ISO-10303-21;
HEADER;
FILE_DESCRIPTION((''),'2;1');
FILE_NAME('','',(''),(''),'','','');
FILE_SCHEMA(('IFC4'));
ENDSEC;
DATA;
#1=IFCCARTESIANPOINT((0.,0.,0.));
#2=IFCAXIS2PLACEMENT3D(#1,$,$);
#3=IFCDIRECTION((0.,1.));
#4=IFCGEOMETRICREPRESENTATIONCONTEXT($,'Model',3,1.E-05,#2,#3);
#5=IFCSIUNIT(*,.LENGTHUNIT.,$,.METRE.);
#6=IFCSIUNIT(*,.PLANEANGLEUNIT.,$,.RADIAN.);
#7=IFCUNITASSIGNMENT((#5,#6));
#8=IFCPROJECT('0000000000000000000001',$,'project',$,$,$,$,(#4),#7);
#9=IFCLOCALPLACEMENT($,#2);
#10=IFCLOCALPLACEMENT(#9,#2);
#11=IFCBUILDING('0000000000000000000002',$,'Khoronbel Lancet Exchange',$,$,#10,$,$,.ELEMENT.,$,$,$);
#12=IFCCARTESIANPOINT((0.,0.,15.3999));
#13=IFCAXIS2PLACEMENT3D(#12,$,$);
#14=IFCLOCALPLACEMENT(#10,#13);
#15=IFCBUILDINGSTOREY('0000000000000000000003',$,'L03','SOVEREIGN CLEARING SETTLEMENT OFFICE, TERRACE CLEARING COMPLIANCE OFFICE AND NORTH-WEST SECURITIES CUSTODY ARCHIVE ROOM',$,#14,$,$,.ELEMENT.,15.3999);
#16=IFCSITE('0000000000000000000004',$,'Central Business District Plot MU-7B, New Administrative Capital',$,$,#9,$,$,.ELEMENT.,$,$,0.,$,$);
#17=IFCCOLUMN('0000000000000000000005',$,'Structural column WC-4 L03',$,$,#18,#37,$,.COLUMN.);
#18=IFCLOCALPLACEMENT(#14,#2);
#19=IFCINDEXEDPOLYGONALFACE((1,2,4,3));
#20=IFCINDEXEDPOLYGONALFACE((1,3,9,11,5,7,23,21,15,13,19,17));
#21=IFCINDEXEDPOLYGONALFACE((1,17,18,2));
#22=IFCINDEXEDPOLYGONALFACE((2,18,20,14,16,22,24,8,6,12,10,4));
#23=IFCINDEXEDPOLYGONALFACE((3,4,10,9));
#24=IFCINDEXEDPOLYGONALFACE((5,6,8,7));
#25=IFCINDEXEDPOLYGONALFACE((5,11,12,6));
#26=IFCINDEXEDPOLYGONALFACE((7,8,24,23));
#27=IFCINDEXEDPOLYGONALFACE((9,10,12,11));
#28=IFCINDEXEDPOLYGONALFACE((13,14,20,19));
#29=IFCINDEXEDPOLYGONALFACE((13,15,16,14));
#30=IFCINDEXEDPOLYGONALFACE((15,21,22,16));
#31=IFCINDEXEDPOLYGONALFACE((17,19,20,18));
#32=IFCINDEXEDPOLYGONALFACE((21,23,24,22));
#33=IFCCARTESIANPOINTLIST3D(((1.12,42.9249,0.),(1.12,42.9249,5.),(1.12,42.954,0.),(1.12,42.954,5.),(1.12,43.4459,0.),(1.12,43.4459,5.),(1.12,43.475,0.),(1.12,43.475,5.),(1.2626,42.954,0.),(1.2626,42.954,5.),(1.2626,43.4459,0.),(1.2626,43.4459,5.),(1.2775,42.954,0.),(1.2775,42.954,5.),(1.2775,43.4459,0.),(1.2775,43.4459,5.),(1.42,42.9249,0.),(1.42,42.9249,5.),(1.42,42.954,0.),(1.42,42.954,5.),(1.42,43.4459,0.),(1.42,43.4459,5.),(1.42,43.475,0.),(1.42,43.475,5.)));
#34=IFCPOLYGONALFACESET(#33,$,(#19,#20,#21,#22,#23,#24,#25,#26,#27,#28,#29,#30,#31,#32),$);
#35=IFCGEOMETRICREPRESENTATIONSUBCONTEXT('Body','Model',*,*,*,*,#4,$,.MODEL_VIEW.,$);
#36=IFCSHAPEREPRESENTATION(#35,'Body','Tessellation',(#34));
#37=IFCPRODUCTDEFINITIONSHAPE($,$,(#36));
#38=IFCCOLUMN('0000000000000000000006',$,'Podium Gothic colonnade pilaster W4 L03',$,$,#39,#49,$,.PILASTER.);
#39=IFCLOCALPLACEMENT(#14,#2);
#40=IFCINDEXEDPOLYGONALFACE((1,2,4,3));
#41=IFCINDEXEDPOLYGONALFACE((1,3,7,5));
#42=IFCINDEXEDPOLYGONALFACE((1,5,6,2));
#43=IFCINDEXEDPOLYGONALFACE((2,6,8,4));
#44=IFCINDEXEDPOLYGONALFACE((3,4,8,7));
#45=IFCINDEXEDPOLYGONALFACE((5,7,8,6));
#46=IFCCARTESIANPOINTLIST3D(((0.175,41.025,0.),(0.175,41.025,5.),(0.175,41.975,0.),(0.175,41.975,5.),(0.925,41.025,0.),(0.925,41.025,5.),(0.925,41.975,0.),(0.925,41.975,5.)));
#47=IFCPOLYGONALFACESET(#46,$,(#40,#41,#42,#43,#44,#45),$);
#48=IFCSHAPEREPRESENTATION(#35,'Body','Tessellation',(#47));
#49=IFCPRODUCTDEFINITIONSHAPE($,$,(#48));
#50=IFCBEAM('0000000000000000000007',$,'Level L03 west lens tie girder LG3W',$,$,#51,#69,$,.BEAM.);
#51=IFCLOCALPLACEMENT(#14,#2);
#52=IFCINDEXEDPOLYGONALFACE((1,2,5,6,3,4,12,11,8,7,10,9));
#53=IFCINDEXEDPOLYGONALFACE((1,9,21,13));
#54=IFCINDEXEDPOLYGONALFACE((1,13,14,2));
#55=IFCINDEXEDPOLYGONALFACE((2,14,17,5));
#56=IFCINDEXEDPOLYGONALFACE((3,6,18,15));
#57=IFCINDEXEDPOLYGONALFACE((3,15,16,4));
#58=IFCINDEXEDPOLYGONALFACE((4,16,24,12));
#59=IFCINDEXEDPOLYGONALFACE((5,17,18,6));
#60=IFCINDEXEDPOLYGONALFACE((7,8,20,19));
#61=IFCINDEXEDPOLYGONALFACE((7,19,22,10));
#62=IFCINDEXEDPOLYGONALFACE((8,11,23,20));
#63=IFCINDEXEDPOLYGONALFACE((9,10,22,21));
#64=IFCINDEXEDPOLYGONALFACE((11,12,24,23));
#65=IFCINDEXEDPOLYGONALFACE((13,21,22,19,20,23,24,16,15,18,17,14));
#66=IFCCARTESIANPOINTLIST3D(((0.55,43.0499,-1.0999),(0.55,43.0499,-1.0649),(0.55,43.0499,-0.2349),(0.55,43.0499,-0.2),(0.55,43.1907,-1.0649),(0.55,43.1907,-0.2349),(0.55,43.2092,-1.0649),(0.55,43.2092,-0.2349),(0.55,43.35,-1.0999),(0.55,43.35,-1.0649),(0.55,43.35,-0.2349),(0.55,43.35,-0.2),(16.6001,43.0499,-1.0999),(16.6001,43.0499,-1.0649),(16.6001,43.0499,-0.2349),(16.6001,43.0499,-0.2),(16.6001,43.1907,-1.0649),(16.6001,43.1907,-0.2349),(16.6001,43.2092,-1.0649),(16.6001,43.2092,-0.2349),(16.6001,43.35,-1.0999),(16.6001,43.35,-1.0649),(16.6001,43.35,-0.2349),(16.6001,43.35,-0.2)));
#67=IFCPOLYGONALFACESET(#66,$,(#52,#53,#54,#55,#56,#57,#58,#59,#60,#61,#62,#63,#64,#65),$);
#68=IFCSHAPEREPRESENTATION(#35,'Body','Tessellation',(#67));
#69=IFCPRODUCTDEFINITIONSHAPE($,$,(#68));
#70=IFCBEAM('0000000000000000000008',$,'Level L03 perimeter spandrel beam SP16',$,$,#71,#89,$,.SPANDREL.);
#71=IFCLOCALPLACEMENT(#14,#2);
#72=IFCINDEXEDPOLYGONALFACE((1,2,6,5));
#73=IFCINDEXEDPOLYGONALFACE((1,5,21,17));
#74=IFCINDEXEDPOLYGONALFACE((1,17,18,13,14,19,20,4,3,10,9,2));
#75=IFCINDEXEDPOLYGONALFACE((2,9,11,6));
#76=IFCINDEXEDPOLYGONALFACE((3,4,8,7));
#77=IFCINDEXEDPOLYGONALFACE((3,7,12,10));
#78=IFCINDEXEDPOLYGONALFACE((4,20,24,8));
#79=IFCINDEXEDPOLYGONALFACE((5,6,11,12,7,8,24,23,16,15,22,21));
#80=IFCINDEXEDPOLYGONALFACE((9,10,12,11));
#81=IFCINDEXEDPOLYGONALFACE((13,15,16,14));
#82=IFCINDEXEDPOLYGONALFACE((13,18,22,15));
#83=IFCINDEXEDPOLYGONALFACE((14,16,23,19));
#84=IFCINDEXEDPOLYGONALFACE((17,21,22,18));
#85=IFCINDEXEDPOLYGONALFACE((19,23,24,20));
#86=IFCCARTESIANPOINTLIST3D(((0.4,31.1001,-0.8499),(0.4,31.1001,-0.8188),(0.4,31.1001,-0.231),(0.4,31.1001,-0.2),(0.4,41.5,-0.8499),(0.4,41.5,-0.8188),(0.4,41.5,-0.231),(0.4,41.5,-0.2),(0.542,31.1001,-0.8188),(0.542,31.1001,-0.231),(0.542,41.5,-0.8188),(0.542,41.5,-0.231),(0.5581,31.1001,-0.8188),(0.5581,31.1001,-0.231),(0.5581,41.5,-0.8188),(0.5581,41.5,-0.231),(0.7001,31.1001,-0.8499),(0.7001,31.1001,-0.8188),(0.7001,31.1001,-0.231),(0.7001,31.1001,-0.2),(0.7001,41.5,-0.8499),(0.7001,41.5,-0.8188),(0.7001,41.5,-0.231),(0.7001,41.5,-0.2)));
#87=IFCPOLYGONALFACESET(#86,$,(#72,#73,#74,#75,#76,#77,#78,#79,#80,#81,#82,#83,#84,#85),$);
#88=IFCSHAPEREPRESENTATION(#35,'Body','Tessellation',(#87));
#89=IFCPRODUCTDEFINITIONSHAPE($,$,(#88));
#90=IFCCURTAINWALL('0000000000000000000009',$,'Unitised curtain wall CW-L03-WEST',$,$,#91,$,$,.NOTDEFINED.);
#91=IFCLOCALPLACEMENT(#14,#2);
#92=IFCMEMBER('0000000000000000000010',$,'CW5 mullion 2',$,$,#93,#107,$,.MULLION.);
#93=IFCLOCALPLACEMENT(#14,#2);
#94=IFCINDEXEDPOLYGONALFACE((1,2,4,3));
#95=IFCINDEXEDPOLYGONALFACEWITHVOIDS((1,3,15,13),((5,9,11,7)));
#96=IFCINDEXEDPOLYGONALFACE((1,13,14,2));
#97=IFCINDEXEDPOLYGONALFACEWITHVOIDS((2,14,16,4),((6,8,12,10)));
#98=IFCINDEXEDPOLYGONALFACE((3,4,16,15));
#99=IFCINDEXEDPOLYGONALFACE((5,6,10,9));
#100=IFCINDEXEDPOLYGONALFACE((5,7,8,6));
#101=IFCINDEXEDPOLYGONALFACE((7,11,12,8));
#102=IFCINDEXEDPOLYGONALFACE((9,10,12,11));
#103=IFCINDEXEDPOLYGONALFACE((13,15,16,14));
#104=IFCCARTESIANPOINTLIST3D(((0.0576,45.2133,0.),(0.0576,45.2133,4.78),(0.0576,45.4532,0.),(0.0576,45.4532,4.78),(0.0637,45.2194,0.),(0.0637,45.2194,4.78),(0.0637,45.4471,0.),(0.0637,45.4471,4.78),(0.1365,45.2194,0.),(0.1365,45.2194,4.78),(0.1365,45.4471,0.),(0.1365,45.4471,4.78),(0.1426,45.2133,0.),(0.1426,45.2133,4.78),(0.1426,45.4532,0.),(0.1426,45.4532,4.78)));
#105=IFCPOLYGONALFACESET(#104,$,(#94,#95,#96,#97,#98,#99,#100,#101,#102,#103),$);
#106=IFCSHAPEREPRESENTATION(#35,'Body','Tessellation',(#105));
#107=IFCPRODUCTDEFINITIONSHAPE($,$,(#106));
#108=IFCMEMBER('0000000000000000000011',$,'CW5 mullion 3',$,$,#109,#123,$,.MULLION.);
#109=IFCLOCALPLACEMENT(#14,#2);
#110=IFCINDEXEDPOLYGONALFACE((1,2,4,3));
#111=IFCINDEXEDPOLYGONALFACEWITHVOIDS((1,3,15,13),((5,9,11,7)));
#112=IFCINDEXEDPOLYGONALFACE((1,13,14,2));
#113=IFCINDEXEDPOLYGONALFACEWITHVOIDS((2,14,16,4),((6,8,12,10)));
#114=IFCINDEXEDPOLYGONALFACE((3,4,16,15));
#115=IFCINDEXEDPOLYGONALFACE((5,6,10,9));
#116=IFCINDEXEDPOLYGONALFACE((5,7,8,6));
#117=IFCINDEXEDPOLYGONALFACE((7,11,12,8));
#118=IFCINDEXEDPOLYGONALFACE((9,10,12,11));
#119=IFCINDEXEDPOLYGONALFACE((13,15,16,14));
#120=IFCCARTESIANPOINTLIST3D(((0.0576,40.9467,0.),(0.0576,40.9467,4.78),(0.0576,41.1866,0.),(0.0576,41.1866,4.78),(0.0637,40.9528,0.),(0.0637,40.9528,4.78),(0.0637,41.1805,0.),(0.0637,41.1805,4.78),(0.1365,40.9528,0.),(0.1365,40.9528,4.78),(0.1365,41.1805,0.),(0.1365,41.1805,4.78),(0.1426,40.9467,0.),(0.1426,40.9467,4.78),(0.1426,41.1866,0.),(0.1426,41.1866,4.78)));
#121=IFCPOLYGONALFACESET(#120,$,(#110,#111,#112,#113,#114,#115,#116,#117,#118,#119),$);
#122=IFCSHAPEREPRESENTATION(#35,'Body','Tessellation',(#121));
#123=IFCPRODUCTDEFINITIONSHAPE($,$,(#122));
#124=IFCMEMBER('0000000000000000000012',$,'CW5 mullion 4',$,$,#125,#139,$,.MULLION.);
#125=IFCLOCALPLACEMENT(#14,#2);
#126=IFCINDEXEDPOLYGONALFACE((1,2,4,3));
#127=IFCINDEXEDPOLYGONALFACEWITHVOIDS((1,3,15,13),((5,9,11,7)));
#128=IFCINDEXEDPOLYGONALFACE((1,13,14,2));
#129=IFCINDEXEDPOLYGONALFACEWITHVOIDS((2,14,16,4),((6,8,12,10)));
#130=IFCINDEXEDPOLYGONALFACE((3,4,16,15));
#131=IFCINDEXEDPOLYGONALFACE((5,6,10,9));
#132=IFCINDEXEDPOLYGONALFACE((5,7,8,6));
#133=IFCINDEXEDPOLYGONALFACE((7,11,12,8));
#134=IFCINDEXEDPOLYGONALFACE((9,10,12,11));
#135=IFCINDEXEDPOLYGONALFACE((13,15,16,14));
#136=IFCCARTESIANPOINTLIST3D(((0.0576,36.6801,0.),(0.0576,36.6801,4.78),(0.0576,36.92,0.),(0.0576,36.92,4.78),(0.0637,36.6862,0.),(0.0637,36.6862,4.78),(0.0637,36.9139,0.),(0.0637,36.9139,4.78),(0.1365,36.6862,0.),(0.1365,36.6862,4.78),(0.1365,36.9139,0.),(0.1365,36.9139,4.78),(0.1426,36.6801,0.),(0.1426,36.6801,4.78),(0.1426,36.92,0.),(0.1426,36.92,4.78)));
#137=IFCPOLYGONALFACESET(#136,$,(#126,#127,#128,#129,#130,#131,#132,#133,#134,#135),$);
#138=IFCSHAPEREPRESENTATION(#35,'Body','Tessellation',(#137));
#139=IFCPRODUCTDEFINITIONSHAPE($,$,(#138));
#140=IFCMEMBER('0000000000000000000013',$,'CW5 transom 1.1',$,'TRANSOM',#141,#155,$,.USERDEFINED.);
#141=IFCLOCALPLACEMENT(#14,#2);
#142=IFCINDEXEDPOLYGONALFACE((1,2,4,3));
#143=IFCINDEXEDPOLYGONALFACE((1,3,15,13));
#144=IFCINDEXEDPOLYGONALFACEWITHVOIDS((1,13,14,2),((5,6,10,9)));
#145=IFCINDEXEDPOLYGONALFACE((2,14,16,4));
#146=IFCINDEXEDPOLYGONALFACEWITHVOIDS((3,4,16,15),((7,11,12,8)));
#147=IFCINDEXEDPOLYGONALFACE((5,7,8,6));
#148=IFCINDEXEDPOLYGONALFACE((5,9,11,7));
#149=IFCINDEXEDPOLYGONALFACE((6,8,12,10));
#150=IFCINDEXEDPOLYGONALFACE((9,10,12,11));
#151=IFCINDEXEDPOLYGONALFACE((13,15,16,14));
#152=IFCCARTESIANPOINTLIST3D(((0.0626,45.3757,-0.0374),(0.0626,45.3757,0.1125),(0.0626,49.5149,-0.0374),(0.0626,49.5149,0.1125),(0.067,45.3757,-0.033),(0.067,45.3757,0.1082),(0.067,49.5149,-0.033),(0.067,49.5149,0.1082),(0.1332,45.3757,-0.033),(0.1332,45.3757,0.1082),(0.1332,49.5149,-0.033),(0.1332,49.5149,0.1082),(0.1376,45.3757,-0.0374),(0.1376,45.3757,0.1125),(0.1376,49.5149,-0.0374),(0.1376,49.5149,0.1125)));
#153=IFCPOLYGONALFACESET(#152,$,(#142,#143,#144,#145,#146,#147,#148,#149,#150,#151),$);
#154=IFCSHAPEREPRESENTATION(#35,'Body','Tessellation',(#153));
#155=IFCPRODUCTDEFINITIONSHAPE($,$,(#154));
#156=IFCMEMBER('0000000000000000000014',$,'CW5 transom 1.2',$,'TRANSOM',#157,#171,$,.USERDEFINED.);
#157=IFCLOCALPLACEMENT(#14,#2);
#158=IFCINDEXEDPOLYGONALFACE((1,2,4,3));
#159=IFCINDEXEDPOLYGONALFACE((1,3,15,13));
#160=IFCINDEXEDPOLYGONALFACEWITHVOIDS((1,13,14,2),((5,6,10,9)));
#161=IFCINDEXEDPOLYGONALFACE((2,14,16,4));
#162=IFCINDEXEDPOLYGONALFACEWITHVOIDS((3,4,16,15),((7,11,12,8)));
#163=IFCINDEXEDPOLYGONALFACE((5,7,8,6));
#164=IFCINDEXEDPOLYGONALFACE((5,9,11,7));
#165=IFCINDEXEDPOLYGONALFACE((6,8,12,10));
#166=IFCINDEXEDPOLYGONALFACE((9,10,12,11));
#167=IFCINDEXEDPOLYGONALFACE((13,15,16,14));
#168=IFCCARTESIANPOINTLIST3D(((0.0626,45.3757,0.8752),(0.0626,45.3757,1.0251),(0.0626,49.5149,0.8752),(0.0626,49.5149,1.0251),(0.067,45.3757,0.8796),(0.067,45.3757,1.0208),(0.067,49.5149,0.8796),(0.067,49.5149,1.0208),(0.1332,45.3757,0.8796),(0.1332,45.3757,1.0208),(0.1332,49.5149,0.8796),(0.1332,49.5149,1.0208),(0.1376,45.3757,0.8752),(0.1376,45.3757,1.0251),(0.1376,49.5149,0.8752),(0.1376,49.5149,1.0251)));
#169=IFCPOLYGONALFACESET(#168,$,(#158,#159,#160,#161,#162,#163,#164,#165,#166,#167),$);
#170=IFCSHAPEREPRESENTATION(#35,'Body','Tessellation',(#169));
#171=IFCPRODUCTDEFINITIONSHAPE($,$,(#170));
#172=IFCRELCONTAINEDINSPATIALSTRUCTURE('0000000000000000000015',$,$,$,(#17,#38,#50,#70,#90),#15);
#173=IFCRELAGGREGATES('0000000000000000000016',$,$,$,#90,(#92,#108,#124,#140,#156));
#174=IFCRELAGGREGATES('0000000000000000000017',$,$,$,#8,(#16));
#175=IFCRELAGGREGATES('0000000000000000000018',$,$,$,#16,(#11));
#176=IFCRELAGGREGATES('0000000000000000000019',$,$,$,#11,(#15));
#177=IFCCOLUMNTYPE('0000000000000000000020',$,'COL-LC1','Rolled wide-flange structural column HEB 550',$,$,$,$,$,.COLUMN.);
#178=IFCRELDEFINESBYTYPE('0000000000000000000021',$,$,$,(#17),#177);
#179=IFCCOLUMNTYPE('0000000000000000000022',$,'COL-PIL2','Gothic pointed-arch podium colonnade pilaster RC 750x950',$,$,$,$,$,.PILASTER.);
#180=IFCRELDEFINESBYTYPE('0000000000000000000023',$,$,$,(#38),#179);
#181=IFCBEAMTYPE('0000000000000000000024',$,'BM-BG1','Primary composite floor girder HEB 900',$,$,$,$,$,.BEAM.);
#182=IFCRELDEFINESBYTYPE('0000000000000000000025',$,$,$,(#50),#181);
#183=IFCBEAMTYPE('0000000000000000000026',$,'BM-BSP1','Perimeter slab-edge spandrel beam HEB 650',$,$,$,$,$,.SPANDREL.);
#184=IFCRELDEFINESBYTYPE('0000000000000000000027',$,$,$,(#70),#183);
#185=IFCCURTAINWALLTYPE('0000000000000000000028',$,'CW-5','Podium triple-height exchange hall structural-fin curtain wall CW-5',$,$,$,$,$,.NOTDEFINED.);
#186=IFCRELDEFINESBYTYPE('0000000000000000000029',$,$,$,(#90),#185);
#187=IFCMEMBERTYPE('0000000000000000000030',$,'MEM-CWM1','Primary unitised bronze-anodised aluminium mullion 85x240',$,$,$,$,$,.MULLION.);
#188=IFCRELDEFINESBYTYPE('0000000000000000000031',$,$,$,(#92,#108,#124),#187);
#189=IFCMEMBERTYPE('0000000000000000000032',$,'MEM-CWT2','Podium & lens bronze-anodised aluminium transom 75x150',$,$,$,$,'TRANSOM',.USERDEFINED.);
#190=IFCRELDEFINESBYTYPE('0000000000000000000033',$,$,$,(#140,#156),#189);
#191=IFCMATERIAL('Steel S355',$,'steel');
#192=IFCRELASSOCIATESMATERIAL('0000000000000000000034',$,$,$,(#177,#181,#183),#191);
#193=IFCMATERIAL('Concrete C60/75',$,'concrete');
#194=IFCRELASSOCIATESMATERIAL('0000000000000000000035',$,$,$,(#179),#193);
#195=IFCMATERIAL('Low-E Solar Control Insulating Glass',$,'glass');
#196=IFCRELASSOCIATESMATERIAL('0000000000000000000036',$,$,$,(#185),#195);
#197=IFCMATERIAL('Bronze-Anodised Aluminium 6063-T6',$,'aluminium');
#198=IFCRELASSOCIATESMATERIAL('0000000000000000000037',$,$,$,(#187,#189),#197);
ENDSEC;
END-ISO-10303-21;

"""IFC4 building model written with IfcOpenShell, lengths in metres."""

from ifc_helpers import new_model, si_unit, direction, frame, origin, origin_2d, place, context, subcontext, project, spatial, rectangle, hollow_rectangle, i_section, extrude, material, material_profile, profile_set, type_object, element, aggregate, save


model = new_model("IFC4")

# Units and contexts
model_context = context("Model", 3, precision=1e-05, world=origin(), true_north=direction((0.0, 1.0)))
body_context = subcontext(model_context, "Body", "Model", "MODEL_VIEW")
ifc_project = project(units=[si_unit("LENGTHUNIT", "METRE"), si_unit("PLANEANGLEUNIT", "RADIAN")], contexts=[model_context])

# Site, building, storey
site_placement = place(None, origin())
site = spatial("IfcSite", under=ifc_project, at=site_placement, Name="Central Business District Plot MU-7B, New Administrative Capital", CompositionType="ELEMENT", RefElevation=0.0)
building_placement = place(site_placement, origin())
building = spatial("IfcBuilding", under=site, at=building_placement, Name="Khoronbel Lancet Exchange", CompositionType="ELEMENT")
storey_placement = place(building_placement, frame((0.0, 0.0, 15.3999)))
storey = spatial("IfcBuildingStorey", under=building, at=storey_placement, Name="L03", Description="SOVEREIGN CLEARING SETTLEMENT OFFICE, TERRACE CLEARING COMPLIANCE OFFICE AND NORTH-WEST SECURITIES CUSTODY ARCHIVE ROOM", CompositionType="ELEMENT", Elevation=15.3999)

# Columns
ifc_material_1 = material(Name="Steel S355", Category="steel")
ifc_material_profile_1 = material_profile(ifc_material_1, i_section(OverallWidth=0.3, OverallDepth=0.55, WebThickness=0.0149, FlangeThickness=0.0291, at=origin_2d()), Name="HEB 550")
ifc_profile_set_1 = profile_set([ifc_material_profile_1], Name="Steel S355")
column_type_1 = type_object("IfcColumnType", Name="COL-LC1", Description="Rolled wide-flange structural column HEB 550", PredefinedType="COLUMN", material=ifc_profile_set_1)
column_1_placement = place(storey_placement, frame((1.27, 43.2, 0.0), z_axis=(0.0, 0.0, 1.0), x_axis=(1.0, 0.0, 0.0)))
element("IfcColumn", 1, at=column_1_placement, inside=storey, type_object=column_type_1, Name="Structural column WC-4 L03", PredefinedType="COLUMN", context=body_context, shape_type="SweptSolid", body=[
    extrude(i_section(OverallWidth=0.3, OverallDepth=0.55, WebThickness=0.0149, FlangeThickness=0.0291, at=origin_2d()), origin(), (0.0, 0.0, 1.0), 5.0),
])
ifc_material_2 = material(Name="Concrete C60/75", Category="concrete")
ifc_material_profile_2 = material_profile(ifc_material_2, rectangle(XDim=0.75, YDim=0.95, at=origin_2d()), Name="RC 750x950")
ifc_profile_set_2 = profile_set([ifc_material_profile_2], Name="Concrete C60/75")
column_type_2 = type_object("IfcColumnType", Name="COL-PIL2", Description="Gothic pointed-arch podium colonnade pilaster RC 750x950", PredefinedType="PILASTER", material=ifc_profile_set_2)
column_2_placement = place(storey_placement, frame((0.55, 41.5, 0.0), z_axis=(0.0, 0.0, 1.0), x_axis=(1.0, 0.0, 0.0)))
element("IfcColumn", 2, at=column_2_placement, inside=storey, type_object=column_type_2, Name="Podium Gothic colonnade pilaster W4 L03", PredefinedType="PILASTER", context=body_context, shape_type="SweptSolid", body=[
    extrude(rectangle(XDim=0.75, YDim=0.95, at=origin_2d()), origin(), (0.0, 0.0, 1.0), 5.0),
])

# Beams
ifc_material_profile_3 = material_profile(ifc_material_1, i_section(OverallWidth=0.3, OverallDepth=0.8999, WebThickness=0.0186, FlangeThickness=0.0349, at=origin_2d()), Name="HEB 900")
ifc_profile_set_3 = profile_set([ifc_material_profile_3], Name="Steel S355")
beam_type_1 = type_object("IfcBeamType", Name="BM-BG1", Description="Primary composite floor girder HEB 900", PredefinedType="BEAM", material=ifc_profile_set_3)
beam_1_placement = place(storey_placement, frame((0.55, 43.2, -0.6499), z_axis=(1.0, 0.0, 0.0), x_axis=(0.0, 1.0, 0.0)))
element("IfcBeam", 3, at=beam_1_placement, inside=storey, type_object=beam_type_1, Name="Level L03 west lens tie girder LG3W", PredefinedType="BEAM", context=body_context, shape_type="SweptSolid", body=[
    extrude(i_section(OverallWidth=0.3, OverallDepth=0.8999, WebThickness=0.0186, FlangeThickness=0.0349, at=origin_2d()), origin(), (0.0, 0.0, 1.0), 16.05),
])
ifc_material_profile_4 = material_profile(ifc_material_1, i_section(OverallWidth=0.3, OverallDepth=0.6499, WebThickness=0.0161, FlangeThickness=0.031, at=origin_2d()), Name="HEB 650")
ifc_profile_set_4 = profile_set([ifc_material_profile_4], Name="Steel S355")
beam_type_2 = type_object("IfcBeamType", Name="BM-BSP1", Description="Perimeter slab-edge spandrel beam HEB 650", PredefinedType="SPANDREL", material=ifc_profile_set_4)
beam_2_placement = place(storey_placement, frame((0.55, 41.5, -0.5249), z_axis=(0.0, -1.0, 0.0), x_axis=(1.0, 0.0, 0.0)))
element("IfcBeam", 4, at=beam_2_placement, inside=storey, type_object=beam_type_2, Name="Level L03 perimeter spandrel beam SP16", PredefinedType="SPANDREL", context=body_context, shape_type="SweptSolid", body=[
    extrude(i_section(OverallWidth=0.3, OverallDepth=0.6499, WebThickness=0.0161, FlangeThickness=0.031, at=origin_2d()), origin(), (0.0, 0.0, 1.0), 10.3999),
])

# Curtain wall, members
ifc_material_3 = material(Name="Low-E Solar Control Insulating Glass", Category="glass")
curtain_wall_type = type_object("IfcCurtainWallType", Name="CW-5", Description="Podium triple-height exchange hall structural-fin curtain wall CW-5", PredefinedType="NOTDEFINED", material=ifc_material_3)
curtain_wall_placement = place(storey_placement, origin())
curtain_wall = element("IfcCurtainWall", 5, at=curtain_wall_placement, inside=storey, type_object=curtain_wall_type, Name="Unitised curtain wall CW-L03-WEST", PredefinedType="NOTDEFINED")
ifc_material_4 = material(Name="Bronze-Anodised Aluminium 6063-T6", Category="aluminium")
ifc_material_profile_5 = material_profile(ifc_material_4, hollow_rectangle(XDim=0.085, YDim=0.24, WallThickness=0.0061, at=origin_2d()), Name="ALU MULLION 85x240")
ifc_profile_set_5 = profile_set([ifc_material_profile_5], Name="Bronze-Anodised Aluminium 6063-T6")
member_type_1 = type_object("IfcMemberType", Name="MEM-CWM1", Description="Primary unitised bronze-anodised aluminium mullion 85x240", PredefinedType="MULLION", material=ifc_profile_set_5)
member_1_placement = place(storey_placement, frame((0.1001, 45.3333, 0.0), z_axis=(0.0, 0.0, 1.0), x_axis=(1.0, 0.0, 0.0)))
member_1 = element("IfcMember", 6, at=member_1_placement, type_object=member_type_1, Name="CW5 mullion 2", PredefinedType="MULLION", context=body_context, shape_type="SweptSolid", body=[
    extrude(hollow_rectangle(XDim=0.085, YDim=0.24, WallThickness=0.0061, at=origin_2d()), origin(), (0.0, 0.0, 1.0), 4.78),
])
member_2_placement = place(storey_placement, frame((0.1001, 41.0667, 0.0), z_axis=(0.0, 0.0, 1.0), x_axis=(1.0, 0.0, 0.0)))
member_2 = element("IfcMember", 7, at=member_2_placement, type_object=member_type_1, Name="CW5 mullion 3", PredefinedType="MULLION", context=body_context, shape_type="SweptSolid", body=[
    extrude(hollow_rectangle(XDim=0.085, YDim=0.24, WallThickness=0.0061, at=origin_2d()), origin(), (0.0, 0.0, 1.0), 4.78),
])
member_3_placement = place(storey_placement, frame((0.1001, 36.8, 0.0), z_axis=(0.0, 0.0, 1.0), x_axis=(1.0, 0.0, 0.0)))
member_3 = element("IfcMember", 8, at=member_3_placement, type_object=member_type_1, Name="CW5 mullion 4", PredefinedType="MULLION", context=body_context, shape_type="SweptSolid", body=[
    extrude(hollow_rectangle(XDim=0.085, YDim=0.24, WallThickness=0.0061, at=origin_2d()), origin(), (0.0, 0.0, 1.0), 4.78),
])
ifc_material_profile_6 = material_profile(ifc_material_4, hollow_rectangle(XDim=0.075, YDim=0.1499, WallThickness=0.0044, at=origin_2d()), Name="ALU TRANSOM 75x150")
ifc_profile_set_6 = profile_set([ifc_material_profile_6], Name="Bronze-Anodised Aluminium 6063-T6")
member_type_2 = type_object("IfcMemberType", Name="MEM-CWT2", Description="Podium & lens bronze-anodised aluminium transom 75x150", ElementType="TRANSOM", PredefinedType="USERDEFINED", material=ifc_profile_set_6)
member_4_placement = place(storey_placement, frame((0.1001, 49.5149, 0.0376), z_axis=(0.0, -1.0, 0.0), x_axis=(1.0, 0.0, 0.0)))
member_4 = element("IfcMember", 9, at=member_4_placement, type_object=member_type_2, Name="CW5 transom 1.1", ObjectType="TRANSOM", PredefinedType="USERDEFINED", context=body_context, shape_type="SweptSolid", body=[
    extrude(hollow_rectangle(XDim=0.075, YDim=0.1499, WallThickness=0.0044, at=origin_2d()), origin(), (0.0, 0.0, 1.0), 4.1392),
])
member_5_placement = place(storey_placement, frame((0.1001, 49.5149, 0.9502), z_axis=(0.0, -1.0, 0.0), x_axis=(1.0, 0.0, 0.0)))
member_5 = element("IfcMember", 10, at=member_5_placement, type_object=member_type_2, Name="CW5 transom 1.2", ObjectType="TRANSOM", PredefinedType="USERDEFINED", context=body_context, shape_type="SweptSolid", body=[
    extrude(hollow_rectangle(XDim=0.075, YDim=0.1499, WallThickness=0.0044, at=origin_2d()), origin(), (0.0, 0.0, 1.0), 4.1392),
])
aggregate(curtain_wall, [member_1, member_2, member_3, member_4, member_5])

save(model, "model.ifc")
